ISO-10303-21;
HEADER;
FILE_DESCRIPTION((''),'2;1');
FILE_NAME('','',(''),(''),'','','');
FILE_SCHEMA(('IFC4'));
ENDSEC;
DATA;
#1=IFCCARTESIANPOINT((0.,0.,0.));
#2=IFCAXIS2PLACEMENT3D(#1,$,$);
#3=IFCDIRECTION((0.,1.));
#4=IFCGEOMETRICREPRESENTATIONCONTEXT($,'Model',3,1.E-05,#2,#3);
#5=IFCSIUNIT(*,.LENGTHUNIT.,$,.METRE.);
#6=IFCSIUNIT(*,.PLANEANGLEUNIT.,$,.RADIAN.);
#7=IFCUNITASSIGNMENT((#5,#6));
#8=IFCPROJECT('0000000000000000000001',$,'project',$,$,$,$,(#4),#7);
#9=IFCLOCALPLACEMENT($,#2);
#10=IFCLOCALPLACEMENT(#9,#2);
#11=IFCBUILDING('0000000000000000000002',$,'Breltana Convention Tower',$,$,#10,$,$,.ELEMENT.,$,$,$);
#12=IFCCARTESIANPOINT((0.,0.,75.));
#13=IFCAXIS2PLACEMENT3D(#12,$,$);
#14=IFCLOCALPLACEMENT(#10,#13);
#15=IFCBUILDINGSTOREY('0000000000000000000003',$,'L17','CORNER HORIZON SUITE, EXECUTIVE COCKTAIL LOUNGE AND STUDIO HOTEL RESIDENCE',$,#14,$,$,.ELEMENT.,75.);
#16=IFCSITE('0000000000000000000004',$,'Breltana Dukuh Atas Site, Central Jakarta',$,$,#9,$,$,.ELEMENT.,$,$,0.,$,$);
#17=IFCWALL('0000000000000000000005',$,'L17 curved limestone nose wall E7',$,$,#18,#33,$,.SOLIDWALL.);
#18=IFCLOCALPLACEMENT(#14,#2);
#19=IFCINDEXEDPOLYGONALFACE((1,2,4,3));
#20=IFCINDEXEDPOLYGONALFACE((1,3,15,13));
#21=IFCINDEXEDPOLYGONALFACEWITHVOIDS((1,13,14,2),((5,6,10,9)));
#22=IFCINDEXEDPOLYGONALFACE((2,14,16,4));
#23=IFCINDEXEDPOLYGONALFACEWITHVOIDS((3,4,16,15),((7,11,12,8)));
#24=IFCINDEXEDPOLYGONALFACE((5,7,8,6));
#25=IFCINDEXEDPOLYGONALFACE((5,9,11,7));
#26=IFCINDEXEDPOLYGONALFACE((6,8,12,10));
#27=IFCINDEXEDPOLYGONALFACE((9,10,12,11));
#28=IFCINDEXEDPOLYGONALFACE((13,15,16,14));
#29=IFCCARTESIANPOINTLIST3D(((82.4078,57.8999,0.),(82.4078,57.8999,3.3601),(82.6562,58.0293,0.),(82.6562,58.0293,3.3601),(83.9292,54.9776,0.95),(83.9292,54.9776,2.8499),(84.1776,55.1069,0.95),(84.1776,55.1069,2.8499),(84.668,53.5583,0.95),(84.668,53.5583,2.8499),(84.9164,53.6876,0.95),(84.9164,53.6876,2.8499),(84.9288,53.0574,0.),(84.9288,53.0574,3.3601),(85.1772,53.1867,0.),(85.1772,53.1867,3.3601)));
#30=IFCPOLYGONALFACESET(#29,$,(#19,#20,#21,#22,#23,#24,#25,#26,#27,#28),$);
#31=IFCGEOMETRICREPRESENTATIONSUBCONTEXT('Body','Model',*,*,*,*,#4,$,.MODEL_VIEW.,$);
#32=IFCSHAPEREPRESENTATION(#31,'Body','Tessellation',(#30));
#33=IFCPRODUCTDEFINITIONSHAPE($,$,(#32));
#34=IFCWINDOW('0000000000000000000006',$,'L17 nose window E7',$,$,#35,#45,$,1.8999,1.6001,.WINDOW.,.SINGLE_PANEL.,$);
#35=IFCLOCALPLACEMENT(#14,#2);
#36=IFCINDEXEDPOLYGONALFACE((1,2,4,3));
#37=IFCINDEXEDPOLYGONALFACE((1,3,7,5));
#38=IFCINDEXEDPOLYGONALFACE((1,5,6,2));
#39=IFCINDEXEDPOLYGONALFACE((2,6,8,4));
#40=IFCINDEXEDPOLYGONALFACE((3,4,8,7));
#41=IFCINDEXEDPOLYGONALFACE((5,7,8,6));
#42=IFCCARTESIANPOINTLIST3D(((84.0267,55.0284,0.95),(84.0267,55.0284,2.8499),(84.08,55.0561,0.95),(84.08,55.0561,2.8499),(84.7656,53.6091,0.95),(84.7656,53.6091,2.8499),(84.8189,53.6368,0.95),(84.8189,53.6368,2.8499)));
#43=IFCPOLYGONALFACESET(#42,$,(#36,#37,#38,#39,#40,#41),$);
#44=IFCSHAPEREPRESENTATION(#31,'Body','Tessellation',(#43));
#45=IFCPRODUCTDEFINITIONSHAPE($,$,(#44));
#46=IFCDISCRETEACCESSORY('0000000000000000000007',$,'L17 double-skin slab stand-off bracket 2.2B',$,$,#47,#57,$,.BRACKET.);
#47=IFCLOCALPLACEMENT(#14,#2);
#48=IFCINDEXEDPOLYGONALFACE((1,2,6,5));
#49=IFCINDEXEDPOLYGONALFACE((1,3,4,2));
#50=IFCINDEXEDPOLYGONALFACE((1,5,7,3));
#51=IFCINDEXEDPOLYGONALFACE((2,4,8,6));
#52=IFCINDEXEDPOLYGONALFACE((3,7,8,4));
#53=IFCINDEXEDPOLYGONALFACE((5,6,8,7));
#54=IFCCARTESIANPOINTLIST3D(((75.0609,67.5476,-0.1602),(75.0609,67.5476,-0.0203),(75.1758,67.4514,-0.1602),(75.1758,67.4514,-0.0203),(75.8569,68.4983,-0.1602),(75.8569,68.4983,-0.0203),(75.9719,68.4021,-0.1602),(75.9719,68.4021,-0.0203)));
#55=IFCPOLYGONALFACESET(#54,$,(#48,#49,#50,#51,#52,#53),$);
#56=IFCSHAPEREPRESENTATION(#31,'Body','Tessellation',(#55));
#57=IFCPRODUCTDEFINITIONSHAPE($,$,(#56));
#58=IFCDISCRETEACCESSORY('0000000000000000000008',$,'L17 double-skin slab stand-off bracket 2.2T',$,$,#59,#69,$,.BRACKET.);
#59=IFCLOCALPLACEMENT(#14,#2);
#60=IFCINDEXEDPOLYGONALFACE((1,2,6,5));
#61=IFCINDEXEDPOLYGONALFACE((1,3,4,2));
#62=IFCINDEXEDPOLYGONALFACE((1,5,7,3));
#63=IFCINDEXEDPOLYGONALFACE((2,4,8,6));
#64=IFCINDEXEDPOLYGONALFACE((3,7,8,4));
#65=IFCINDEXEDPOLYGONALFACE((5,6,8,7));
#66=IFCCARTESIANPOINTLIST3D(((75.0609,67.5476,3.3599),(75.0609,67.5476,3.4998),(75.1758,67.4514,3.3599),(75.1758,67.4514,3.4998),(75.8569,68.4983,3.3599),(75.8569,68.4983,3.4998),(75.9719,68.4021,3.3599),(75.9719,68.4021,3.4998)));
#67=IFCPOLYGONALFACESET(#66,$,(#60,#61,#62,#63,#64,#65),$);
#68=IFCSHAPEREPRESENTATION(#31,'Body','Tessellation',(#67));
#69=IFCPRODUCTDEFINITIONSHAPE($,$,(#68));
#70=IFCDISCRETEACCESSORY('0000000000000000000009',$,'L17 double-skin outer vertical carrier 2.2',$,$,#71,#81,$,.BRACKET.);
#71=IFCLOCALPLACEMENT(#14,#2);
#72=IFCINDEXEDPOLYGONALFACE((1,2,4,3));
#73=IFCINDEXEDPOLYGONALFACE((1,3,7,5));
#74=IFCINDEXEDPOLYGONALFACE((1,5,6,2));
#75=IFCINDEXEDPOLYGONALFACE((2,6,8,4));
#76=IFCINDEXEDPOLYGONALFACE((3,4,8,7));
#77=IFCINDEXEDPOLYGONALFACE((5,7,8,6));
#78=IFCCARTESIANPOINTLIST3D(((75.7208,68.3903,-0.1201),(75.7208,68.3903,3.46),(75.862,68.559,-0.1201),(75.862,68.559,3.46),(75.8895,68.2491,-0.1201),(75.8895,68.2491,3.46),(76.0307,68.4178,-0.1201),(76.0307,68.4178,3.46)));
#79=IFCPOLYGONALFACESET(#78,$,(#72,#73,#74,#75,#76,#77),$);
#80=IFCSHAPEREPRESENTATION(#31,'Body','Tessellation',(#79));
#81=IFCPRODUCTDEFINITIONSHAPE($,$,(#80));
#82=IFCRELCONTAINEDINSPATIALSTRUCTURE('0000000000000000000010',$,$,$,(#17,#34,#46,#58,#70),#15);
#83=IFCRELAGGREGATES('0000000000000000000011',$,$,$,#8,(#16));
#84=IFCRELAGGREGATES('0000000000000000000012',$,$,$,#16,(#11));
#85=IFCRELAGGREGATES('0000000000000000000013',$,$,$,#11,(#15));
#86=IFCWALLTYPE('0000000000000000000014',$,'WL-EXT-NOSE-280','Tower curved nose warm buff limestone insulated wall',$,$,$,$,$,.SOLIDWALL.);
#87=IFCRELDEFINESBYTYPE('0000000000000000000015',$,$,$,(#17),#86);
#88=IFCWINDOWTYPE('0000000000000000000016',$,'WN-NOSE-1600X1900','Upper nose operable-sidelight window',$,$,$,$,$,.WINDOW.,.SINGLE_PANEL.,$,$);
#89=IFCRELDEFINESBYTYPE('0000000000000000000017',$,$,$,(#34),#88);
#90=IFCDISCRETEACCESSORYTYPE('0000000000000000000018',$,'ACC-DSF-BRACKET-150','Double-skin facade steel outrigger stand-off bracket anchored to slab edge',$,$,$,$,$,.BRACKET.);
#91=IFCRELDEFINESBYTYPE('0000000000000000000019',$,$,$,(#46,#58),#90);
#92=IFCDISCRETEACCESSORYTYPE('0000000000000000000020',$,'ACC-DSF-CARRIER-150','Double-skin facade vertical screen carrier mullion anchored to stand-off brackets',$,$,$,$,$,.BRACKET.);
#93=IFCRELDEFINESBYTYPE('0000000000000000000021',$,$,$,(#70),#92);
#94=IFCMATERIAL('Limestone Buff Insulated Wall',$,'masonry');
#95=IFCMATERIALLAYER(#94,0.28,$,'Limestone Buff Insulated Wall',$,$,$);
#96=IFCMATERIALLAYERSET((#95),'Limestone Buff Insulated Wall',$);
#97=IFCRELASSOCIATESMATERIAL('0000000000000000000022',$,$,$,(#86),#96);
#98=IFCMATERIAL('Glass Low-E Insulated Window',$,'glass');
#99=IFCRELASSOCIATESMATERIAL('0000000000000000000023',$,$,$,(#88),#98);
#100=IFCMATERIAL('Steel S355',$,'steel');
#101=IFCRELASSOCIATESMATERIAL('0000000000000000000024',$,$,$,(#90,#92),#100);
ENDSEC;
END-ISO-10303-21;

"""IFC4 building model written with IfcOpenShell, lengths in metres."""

from ifc_helpers import new_model, si_unit, direction, frame, frame_2d, origin, origin_2d, place, context, subcontext, project, spatial, rectangle, extrude, source, transform, mapped, material, layer, layer_set, type_object, type_shapes, element, fill, save


model = new_model("IFC4")

# Units and contexts
model_context = context("Model", 3, precision=1e-05, world=origin(), true_north=direction((0.0, 1.0)))
body_context = subcontext(model_context, "Body", "Model", "MODEL_VIEW")
ifc_project = project(units=[si_unit("LENGTHUNIT", "METRE"), si_unit("PLANEANGLEUNIT", "RADIAN")], contexts=[model_context])

# Site, building, storey
site_placement = place(None, origin())
site = spatial("IfcSite", under=ifc_project, at=site_placement, Name="Breltana Dukuh Atas Site, Central Jakarta", CompositionType="ELEMENT", RefElevation=0.0)
building_placement = place(site_placement, origin())
building = spatial("IfcBuilding", under=site, at=building_placement, Name="Breltana Convention Tower", CompositionType="ELEMENT")
storey_placement = place(building_placement, frame((0.0, 0.0, 75.0)))
storey = spatial("IfcBuildingStorey", under=building, at=storey_placement, Name="L17", Description="CORNER HORIZON SUITE, EXECUTIVE COCKTAIL LOUNGE AND STUDIO HOTEL RESIDENCE", CompositionType="ELEMENT", Elevation=75.0)

# Wall, opening, window
ifc_material_1 = material(Name="Limestone Buff Insulated Wall", Category="masonry")
ifc_layer_1 = layer(ifc_material_1, 0.28, Name="Limestone Buff Insulated Wall")
ifc_layer_set_1 = layer_set([ifc_layer_1], Name="Limestone Buff Insulated Wall")
wall_type = type_object("IfcWallType", Name="WL-EXT-NOSE-280", Description="Tower curved nose warm buff limestone insulated wall", PredefinedType="SOLIDWALL", material=ifc_layer_set_1)
shared_shape_1 = source(origin(), body_context, "Body", "SweptSolid", [
    extrude(rectangle(XDim=5.4595, YDim=0.28, at=frame_2d((2.7297, 0.0))), origin(), (0.0, 0.0, 1.0), 3.3601),
])
wall_placement = place(storey_placement, frame((82.532, 57.9646, 0.0), z_axis=(0.0, 0.0, 1.0), x_axis=(0.461768, -0.887001, 0.0)))
wall = element("IfcWall", 1, at=wall_placement, inside=storey, type_object=wall_type, Name="L17 curved limestone nose wall E7", PredefinedType="SOLIDWALL", context=body_context, shape_type="MappedRepresentation", body=[
    mapped(shared_shape_1, transform((0.0, 0.0, 0.0), scale=1.0)),
])
opening_placement = place(wall_placement, frame((3.2947, 0.0, 0.95)))
opening = element("IfcOpeningElement", 2, at=opening_placement, cuts=wall, PredefinedType="OPENING", context=body_context, shape_type="SweptSolid", body=[
    extrude(rectangle(XDim=1.6001, YDim=1.8999, at=frame_2d((0.8, 0.95))), frame((0.0, 0.1499, 0.0), z_axis=(0.0, -1.0, 0.0), x_axis=(1.0, 0.0, 0.0)), (0.0, 0.0, 1.0), 0.3),
])
ifc_material_2 = material(Name="Glass Low-E Insulated Window", Category="glass")
window_type = type_object("IfcWindowType", Name="WN-NOSE-1600X1900", Description="Upper nose operable-sidelight window", PartitioningType="SINGLE_PANEL", PredefinedType="WINDOW", material=ifc_material_2)
shared_shape_2 = source(origin(), body_context, "Body", "SweptSolid", [
    extrude(rectangle(XDim=1.6001, YDim=1.8999, at=frame_2d((0.8, 0.95))), frame((0.0, 0.03, 0.0), z_axis=(0.0, -1.0, 0.0), x_axis=(1.0, 0.0, 0.0)), (0.0, 0.0, 1.0), 0.0601),
])
type_shapes(window_type, [shared_shape_2])
window_placement = place(opening_placement, origin())
window = element("IfcWindow", 3, at=window_placement, inside=storey, type_object=window_type, Name="L17 nose window E7", OverallHeight=1.8999, OverallWidth=1.6001, PartitioningType="SINGLE_PANEL", PredefinedType="WINDOW", context=body_context, shape_type="MappedRepresentation", body=[
    mapped(shared_shape_2, transform((0.0, 0.0, 0.0), scale=1.0)),
])
fill(opening, window)

# Discrete accessories
ifc_material_3 = material(Name="Steel S355", Category="steel")
discrete_accessory_type_1 = type_object("IfcDiscreteAccessoryType", Name="ACC-DSF-BRACKET-150", Description="Double-skin facade steel outrigger stand-off bracket anchored to slab edge", PredefinedType="BRACKET", material=ifc_material_3)
shared_shape_3 = source(origin(), body_context, "Body", "SweptSolid", [
    extrude(rectangle(XDim=1.24, YDim=0.1499, at=origin_2d()), origin(), (0.0, 0.0, 1.0), 0.1399),
])
type_shapes(discrete_accessory_type_1, [shared_shape_3])
for number, where, z_axis, x_axis, name in (
    (4, (75.5164, 67.9749, -0.1602), (0.0, 0.0, 1.0), (0.64199, 0.766713, 0.0), "L17 double-skin slab stand-off bracket 2.2B"),
    (5, (75.5164, 67.9749, 3.3599), (0.0, 0.0, 1.0), (0.64199, 0.766713, 0.0), "L17 double-skin slab stand-off bracket 2.2T"),
):
    element("IfcDiscreteAccessory", number, at=place(storey_placement, frame(where, z_axis=z_axis, x_axis=x_axis)), inside=storey, type_object=discrete_accessory_type_1, Name=name, PredefinedType="BRACKET", context=body_context, shape_type="MappedRepresentation", body=[
        mapped(shared_shape_3, transform((0.0, 0.0, 0.0), scale=1.0)),
    ])
discrete_accessory_type_2 = type_object("IfcDiscreteAccessoryType", Name="ACC-DSF-CARRIER-150", Description="Double-skin facade vertical screen carrier mullion anchored to stand-off brackets", PredefinedType="BRACKET", material=ifc_material_3)
shared_shape_4 = source(origin(), body_context, "Body", "SweptSolid", [
    extrude(rectangle(XDim=0.22, YDim=0.22, at=origin_2d()), origin(), (0.0, 0.0, 1.0), 3.5801),
])
discrete_accessory_placement = place(storey_placement, frame((75.8757, 68.4041, -0.1201), z_axis=(0.0, 0.0, 1.0), x_axis=(0.64199, 0.766713, 0.0)))
element("IfcDiscreteAccessory", 6, at=discrete_accessory_placement, inside=storey, type_object=discrete_accessory_type_2, Name="L17 double-skin outer vertical carrier 2.2", PredefinedType="BRACKET", context=body_context, shape_type="MappedRepresentation", body=[
    mapped(shared_shape_4, transform((0.0, 0.0, 0.0), scale=1.0)),
])

save(model, "model.ifc")
